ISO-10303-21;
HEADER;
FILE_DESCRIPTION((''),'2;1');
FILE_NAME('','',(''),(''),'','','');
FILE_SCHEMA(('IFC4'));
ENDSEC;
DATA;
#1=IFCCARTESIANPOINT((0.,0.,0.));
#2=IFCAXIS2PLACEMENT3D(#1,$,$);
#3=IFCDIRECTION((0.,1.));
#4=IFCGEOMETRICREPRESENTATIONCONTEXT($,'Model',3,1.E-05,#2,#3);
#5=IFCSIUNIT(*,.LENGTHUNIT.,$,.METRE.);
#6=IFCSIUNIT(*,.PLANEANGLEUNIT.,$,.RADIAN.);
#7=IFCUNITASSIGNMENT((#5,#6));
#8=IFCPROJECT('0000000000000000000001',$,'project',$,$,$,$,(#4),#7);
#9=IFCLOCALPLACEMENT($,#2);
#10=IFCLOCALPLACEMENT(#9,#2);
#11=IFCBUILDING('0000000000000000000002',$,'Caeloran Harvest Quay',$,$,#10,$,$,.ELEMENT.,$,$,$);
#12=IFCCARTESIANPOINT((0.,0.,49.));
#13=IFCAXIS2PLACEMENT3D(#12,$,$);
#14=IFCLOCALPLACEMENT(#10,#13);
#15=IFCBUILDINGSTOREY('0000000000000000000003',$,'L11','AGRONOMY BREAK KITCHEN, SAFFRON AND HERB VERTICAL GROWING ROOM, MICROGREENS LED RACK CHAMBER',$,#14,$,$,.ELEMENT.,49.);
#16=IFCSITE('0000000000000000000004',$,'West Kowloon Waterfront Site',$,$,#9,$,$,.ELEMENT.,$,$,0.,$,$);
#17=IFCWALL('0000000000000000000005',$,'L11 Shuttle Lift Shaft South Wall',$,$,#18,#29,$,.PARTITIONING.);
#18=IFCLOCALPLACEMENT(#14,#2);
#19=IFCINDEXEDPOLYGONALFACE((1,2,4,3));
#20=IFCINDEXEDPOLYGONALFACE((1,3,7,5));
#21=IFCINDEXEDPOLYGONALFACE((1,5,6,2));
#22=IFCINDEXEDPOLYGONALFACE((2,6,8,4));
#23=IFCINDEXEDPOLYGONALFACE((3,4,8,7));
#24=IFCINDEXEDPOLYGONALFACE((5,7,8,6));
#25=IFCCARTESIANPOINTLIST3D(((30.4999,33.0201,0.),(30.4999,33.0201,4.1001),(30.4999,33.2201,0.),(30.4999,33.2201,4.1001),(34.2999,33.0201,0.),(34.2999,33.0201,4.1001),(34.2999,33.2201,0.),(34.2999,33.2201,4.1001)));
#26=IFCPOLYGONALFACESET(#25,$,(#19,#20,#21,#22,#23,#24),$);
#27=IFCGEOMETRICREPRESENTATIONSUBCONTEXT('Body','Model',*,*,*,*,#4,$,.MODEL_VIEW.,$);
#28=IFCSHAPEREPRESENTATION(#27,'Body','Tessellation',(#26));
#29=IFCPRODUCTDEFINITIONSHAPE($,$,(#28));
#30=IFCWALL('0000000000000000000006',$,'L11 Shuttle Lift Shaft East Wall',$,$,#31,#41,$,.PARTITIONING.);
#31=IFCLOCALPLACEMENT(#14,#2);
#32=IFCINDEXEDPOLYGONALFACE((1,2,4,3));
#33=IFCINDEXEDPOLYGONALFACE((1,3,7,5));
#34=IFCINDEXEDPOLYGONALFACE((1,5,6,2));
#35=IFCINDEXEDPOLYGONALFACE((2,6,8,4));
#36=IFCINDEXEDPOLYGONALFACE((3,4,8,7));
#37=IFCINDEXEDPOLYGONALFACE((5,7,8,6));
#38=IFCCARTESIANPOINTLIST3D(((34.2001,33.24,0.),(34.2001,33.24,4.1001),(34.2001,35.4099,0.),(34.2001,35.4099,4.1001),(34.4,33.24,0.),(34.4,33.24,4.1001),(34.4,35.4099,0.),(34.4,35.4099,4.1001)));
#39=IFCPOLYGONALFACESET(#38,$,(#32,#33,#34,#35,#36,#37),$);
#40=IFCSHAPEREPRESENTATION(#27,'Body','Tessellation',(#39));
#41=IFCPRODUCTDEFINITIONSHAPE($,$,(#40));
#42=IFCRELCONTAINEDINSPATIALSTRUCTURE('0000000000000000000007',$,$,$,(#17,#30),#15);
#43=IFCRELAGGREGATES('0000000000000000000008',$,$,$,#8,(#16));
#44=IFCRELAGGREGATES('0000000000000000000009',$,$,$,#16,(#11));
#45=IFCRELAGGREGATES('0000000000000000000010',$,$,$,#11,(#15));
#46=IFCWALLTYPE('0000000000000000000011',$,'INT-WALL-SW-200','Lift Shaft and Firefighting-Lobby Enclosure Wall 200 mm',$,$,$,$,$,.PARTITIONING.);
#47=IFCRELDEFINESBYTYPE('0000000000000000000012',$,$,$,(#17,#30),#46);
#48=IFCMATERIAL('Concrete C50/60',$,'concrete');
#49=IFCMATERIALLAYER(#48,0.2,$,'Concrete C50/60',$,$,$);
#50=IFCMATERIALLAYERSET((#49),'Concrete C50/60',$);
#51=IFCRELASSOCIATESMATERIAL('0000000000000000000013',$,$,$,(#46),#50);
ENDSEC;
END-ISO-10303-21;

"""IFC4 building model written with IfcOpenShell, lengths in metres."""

from ifc_helpers import new_model, si_unit, direction, frame, frame_2d, origin, place, context, subcontext, project, spatial, rectangle, extrude, material, layer, layer_set, type_object, element, save


model = new_model("IFC4")

# Units and contexts
model_context = context("Model", 3, precision=1e-05, world=origin(), true_north=direction((0.0, 1.0)))
body_context = subcontext(model_context, "Body", "Model", "MODEL_VIEW")
ifc_project = project(units=[si_unit("LENGTHUNIT", "METRE"), si_unit("PLANEANGLEUNIT", "RADIAN")], contexts=[model_context])

# Site, building, storey
site_placement = place(None, origin())
site = spatial("IfcSite", under=ifc_project, at=site_placement, Name="West Kowloon Waterfront Site", CompositionType="ELEMENT", RefElevation=0.0)
building_placement = place(site_placement, origin())
building = spatial("IfcBuilding", under=site, at=building_placement, Name="Caeloran Harvest Quay", CompositionType="ELEMENT")
storey_placement = place(building_placement, frame((0.0, 0.0, 49.0)))
storey = spatial("IfcBuildingStorey", under=building, at=storey_placement, Name="L11", Description="AGRONOMY BREAK KITCHEN, SAFFRON AND HERB VERTICAL GROWING ROOM, MICROGREENS LED RACK CHAMBER", CompositionType="ELEMENT", Elevation=49.0)

# Walls
ifc_material_1 = material(Name="Concrete C50/60", Category="concrete")
ifc_layer_1 = layer(ifc_material_1, 0.2, Name="Concrete C50/60")
ifc_layer_set_1 = layer_set([ifc_layer_1], Name="Concrete C50/60")
wall_type_1 = type_object("IfcWallType", Name="INT-WALL-SW-200", Description="Lift Shaft and Firefighting-Lobby Enclosure Wall 200 mm", PredefinedType="PARTITIONING", material=ifc_layer_set_1)
for number, where, z_axis, x_axis, name in (
    (1, (30.5, 33.1201, 0.0), (0.0, 0.0, 1.0), (1.0, 0.0, 0.0), "L11 Shuttle Lift Shaft South Wall"),
):
    element("IfcWall", number, at=place(storey_placement, frame(where, z_axis=z_axis, x_axis=x_axis)), inside=storey, type_object=wall_type_1, Name=name, PredefinedType="PARTITIONING", context=body_context, shape_type="SweptSolid", body=[
        extrude(rectangle(XDim=3.8, YDim=0.2, at=frame_2d((1.8999, 0.0))), origin(), (0.0, 0.0, 1.0), 4.1001),
    ])
wall_1_placement = place(storey_placement, frame((34.3, 33.24, 0.0), z_axis=(0.0, 0.0, 1.0), x_axis=(0.0, 1.0, 0.0)))
element("IfcWall", 2, at=wall_1_placement, inside=storey, type_object=wall_type_1, Name="L11 Shuttle Lift Shaft East Wall", PredefinedType="PARTITIONING", context=body_context, shape_type="SweptSolid", body=[
    extrude(rectangle(XDim=2.1699, YDim=0.2, at=frame_2d((1.085, 0.0))), origin(), (0.0, 0.0, 1.0), 4.1001),
])

save(model, "model.ifc")
